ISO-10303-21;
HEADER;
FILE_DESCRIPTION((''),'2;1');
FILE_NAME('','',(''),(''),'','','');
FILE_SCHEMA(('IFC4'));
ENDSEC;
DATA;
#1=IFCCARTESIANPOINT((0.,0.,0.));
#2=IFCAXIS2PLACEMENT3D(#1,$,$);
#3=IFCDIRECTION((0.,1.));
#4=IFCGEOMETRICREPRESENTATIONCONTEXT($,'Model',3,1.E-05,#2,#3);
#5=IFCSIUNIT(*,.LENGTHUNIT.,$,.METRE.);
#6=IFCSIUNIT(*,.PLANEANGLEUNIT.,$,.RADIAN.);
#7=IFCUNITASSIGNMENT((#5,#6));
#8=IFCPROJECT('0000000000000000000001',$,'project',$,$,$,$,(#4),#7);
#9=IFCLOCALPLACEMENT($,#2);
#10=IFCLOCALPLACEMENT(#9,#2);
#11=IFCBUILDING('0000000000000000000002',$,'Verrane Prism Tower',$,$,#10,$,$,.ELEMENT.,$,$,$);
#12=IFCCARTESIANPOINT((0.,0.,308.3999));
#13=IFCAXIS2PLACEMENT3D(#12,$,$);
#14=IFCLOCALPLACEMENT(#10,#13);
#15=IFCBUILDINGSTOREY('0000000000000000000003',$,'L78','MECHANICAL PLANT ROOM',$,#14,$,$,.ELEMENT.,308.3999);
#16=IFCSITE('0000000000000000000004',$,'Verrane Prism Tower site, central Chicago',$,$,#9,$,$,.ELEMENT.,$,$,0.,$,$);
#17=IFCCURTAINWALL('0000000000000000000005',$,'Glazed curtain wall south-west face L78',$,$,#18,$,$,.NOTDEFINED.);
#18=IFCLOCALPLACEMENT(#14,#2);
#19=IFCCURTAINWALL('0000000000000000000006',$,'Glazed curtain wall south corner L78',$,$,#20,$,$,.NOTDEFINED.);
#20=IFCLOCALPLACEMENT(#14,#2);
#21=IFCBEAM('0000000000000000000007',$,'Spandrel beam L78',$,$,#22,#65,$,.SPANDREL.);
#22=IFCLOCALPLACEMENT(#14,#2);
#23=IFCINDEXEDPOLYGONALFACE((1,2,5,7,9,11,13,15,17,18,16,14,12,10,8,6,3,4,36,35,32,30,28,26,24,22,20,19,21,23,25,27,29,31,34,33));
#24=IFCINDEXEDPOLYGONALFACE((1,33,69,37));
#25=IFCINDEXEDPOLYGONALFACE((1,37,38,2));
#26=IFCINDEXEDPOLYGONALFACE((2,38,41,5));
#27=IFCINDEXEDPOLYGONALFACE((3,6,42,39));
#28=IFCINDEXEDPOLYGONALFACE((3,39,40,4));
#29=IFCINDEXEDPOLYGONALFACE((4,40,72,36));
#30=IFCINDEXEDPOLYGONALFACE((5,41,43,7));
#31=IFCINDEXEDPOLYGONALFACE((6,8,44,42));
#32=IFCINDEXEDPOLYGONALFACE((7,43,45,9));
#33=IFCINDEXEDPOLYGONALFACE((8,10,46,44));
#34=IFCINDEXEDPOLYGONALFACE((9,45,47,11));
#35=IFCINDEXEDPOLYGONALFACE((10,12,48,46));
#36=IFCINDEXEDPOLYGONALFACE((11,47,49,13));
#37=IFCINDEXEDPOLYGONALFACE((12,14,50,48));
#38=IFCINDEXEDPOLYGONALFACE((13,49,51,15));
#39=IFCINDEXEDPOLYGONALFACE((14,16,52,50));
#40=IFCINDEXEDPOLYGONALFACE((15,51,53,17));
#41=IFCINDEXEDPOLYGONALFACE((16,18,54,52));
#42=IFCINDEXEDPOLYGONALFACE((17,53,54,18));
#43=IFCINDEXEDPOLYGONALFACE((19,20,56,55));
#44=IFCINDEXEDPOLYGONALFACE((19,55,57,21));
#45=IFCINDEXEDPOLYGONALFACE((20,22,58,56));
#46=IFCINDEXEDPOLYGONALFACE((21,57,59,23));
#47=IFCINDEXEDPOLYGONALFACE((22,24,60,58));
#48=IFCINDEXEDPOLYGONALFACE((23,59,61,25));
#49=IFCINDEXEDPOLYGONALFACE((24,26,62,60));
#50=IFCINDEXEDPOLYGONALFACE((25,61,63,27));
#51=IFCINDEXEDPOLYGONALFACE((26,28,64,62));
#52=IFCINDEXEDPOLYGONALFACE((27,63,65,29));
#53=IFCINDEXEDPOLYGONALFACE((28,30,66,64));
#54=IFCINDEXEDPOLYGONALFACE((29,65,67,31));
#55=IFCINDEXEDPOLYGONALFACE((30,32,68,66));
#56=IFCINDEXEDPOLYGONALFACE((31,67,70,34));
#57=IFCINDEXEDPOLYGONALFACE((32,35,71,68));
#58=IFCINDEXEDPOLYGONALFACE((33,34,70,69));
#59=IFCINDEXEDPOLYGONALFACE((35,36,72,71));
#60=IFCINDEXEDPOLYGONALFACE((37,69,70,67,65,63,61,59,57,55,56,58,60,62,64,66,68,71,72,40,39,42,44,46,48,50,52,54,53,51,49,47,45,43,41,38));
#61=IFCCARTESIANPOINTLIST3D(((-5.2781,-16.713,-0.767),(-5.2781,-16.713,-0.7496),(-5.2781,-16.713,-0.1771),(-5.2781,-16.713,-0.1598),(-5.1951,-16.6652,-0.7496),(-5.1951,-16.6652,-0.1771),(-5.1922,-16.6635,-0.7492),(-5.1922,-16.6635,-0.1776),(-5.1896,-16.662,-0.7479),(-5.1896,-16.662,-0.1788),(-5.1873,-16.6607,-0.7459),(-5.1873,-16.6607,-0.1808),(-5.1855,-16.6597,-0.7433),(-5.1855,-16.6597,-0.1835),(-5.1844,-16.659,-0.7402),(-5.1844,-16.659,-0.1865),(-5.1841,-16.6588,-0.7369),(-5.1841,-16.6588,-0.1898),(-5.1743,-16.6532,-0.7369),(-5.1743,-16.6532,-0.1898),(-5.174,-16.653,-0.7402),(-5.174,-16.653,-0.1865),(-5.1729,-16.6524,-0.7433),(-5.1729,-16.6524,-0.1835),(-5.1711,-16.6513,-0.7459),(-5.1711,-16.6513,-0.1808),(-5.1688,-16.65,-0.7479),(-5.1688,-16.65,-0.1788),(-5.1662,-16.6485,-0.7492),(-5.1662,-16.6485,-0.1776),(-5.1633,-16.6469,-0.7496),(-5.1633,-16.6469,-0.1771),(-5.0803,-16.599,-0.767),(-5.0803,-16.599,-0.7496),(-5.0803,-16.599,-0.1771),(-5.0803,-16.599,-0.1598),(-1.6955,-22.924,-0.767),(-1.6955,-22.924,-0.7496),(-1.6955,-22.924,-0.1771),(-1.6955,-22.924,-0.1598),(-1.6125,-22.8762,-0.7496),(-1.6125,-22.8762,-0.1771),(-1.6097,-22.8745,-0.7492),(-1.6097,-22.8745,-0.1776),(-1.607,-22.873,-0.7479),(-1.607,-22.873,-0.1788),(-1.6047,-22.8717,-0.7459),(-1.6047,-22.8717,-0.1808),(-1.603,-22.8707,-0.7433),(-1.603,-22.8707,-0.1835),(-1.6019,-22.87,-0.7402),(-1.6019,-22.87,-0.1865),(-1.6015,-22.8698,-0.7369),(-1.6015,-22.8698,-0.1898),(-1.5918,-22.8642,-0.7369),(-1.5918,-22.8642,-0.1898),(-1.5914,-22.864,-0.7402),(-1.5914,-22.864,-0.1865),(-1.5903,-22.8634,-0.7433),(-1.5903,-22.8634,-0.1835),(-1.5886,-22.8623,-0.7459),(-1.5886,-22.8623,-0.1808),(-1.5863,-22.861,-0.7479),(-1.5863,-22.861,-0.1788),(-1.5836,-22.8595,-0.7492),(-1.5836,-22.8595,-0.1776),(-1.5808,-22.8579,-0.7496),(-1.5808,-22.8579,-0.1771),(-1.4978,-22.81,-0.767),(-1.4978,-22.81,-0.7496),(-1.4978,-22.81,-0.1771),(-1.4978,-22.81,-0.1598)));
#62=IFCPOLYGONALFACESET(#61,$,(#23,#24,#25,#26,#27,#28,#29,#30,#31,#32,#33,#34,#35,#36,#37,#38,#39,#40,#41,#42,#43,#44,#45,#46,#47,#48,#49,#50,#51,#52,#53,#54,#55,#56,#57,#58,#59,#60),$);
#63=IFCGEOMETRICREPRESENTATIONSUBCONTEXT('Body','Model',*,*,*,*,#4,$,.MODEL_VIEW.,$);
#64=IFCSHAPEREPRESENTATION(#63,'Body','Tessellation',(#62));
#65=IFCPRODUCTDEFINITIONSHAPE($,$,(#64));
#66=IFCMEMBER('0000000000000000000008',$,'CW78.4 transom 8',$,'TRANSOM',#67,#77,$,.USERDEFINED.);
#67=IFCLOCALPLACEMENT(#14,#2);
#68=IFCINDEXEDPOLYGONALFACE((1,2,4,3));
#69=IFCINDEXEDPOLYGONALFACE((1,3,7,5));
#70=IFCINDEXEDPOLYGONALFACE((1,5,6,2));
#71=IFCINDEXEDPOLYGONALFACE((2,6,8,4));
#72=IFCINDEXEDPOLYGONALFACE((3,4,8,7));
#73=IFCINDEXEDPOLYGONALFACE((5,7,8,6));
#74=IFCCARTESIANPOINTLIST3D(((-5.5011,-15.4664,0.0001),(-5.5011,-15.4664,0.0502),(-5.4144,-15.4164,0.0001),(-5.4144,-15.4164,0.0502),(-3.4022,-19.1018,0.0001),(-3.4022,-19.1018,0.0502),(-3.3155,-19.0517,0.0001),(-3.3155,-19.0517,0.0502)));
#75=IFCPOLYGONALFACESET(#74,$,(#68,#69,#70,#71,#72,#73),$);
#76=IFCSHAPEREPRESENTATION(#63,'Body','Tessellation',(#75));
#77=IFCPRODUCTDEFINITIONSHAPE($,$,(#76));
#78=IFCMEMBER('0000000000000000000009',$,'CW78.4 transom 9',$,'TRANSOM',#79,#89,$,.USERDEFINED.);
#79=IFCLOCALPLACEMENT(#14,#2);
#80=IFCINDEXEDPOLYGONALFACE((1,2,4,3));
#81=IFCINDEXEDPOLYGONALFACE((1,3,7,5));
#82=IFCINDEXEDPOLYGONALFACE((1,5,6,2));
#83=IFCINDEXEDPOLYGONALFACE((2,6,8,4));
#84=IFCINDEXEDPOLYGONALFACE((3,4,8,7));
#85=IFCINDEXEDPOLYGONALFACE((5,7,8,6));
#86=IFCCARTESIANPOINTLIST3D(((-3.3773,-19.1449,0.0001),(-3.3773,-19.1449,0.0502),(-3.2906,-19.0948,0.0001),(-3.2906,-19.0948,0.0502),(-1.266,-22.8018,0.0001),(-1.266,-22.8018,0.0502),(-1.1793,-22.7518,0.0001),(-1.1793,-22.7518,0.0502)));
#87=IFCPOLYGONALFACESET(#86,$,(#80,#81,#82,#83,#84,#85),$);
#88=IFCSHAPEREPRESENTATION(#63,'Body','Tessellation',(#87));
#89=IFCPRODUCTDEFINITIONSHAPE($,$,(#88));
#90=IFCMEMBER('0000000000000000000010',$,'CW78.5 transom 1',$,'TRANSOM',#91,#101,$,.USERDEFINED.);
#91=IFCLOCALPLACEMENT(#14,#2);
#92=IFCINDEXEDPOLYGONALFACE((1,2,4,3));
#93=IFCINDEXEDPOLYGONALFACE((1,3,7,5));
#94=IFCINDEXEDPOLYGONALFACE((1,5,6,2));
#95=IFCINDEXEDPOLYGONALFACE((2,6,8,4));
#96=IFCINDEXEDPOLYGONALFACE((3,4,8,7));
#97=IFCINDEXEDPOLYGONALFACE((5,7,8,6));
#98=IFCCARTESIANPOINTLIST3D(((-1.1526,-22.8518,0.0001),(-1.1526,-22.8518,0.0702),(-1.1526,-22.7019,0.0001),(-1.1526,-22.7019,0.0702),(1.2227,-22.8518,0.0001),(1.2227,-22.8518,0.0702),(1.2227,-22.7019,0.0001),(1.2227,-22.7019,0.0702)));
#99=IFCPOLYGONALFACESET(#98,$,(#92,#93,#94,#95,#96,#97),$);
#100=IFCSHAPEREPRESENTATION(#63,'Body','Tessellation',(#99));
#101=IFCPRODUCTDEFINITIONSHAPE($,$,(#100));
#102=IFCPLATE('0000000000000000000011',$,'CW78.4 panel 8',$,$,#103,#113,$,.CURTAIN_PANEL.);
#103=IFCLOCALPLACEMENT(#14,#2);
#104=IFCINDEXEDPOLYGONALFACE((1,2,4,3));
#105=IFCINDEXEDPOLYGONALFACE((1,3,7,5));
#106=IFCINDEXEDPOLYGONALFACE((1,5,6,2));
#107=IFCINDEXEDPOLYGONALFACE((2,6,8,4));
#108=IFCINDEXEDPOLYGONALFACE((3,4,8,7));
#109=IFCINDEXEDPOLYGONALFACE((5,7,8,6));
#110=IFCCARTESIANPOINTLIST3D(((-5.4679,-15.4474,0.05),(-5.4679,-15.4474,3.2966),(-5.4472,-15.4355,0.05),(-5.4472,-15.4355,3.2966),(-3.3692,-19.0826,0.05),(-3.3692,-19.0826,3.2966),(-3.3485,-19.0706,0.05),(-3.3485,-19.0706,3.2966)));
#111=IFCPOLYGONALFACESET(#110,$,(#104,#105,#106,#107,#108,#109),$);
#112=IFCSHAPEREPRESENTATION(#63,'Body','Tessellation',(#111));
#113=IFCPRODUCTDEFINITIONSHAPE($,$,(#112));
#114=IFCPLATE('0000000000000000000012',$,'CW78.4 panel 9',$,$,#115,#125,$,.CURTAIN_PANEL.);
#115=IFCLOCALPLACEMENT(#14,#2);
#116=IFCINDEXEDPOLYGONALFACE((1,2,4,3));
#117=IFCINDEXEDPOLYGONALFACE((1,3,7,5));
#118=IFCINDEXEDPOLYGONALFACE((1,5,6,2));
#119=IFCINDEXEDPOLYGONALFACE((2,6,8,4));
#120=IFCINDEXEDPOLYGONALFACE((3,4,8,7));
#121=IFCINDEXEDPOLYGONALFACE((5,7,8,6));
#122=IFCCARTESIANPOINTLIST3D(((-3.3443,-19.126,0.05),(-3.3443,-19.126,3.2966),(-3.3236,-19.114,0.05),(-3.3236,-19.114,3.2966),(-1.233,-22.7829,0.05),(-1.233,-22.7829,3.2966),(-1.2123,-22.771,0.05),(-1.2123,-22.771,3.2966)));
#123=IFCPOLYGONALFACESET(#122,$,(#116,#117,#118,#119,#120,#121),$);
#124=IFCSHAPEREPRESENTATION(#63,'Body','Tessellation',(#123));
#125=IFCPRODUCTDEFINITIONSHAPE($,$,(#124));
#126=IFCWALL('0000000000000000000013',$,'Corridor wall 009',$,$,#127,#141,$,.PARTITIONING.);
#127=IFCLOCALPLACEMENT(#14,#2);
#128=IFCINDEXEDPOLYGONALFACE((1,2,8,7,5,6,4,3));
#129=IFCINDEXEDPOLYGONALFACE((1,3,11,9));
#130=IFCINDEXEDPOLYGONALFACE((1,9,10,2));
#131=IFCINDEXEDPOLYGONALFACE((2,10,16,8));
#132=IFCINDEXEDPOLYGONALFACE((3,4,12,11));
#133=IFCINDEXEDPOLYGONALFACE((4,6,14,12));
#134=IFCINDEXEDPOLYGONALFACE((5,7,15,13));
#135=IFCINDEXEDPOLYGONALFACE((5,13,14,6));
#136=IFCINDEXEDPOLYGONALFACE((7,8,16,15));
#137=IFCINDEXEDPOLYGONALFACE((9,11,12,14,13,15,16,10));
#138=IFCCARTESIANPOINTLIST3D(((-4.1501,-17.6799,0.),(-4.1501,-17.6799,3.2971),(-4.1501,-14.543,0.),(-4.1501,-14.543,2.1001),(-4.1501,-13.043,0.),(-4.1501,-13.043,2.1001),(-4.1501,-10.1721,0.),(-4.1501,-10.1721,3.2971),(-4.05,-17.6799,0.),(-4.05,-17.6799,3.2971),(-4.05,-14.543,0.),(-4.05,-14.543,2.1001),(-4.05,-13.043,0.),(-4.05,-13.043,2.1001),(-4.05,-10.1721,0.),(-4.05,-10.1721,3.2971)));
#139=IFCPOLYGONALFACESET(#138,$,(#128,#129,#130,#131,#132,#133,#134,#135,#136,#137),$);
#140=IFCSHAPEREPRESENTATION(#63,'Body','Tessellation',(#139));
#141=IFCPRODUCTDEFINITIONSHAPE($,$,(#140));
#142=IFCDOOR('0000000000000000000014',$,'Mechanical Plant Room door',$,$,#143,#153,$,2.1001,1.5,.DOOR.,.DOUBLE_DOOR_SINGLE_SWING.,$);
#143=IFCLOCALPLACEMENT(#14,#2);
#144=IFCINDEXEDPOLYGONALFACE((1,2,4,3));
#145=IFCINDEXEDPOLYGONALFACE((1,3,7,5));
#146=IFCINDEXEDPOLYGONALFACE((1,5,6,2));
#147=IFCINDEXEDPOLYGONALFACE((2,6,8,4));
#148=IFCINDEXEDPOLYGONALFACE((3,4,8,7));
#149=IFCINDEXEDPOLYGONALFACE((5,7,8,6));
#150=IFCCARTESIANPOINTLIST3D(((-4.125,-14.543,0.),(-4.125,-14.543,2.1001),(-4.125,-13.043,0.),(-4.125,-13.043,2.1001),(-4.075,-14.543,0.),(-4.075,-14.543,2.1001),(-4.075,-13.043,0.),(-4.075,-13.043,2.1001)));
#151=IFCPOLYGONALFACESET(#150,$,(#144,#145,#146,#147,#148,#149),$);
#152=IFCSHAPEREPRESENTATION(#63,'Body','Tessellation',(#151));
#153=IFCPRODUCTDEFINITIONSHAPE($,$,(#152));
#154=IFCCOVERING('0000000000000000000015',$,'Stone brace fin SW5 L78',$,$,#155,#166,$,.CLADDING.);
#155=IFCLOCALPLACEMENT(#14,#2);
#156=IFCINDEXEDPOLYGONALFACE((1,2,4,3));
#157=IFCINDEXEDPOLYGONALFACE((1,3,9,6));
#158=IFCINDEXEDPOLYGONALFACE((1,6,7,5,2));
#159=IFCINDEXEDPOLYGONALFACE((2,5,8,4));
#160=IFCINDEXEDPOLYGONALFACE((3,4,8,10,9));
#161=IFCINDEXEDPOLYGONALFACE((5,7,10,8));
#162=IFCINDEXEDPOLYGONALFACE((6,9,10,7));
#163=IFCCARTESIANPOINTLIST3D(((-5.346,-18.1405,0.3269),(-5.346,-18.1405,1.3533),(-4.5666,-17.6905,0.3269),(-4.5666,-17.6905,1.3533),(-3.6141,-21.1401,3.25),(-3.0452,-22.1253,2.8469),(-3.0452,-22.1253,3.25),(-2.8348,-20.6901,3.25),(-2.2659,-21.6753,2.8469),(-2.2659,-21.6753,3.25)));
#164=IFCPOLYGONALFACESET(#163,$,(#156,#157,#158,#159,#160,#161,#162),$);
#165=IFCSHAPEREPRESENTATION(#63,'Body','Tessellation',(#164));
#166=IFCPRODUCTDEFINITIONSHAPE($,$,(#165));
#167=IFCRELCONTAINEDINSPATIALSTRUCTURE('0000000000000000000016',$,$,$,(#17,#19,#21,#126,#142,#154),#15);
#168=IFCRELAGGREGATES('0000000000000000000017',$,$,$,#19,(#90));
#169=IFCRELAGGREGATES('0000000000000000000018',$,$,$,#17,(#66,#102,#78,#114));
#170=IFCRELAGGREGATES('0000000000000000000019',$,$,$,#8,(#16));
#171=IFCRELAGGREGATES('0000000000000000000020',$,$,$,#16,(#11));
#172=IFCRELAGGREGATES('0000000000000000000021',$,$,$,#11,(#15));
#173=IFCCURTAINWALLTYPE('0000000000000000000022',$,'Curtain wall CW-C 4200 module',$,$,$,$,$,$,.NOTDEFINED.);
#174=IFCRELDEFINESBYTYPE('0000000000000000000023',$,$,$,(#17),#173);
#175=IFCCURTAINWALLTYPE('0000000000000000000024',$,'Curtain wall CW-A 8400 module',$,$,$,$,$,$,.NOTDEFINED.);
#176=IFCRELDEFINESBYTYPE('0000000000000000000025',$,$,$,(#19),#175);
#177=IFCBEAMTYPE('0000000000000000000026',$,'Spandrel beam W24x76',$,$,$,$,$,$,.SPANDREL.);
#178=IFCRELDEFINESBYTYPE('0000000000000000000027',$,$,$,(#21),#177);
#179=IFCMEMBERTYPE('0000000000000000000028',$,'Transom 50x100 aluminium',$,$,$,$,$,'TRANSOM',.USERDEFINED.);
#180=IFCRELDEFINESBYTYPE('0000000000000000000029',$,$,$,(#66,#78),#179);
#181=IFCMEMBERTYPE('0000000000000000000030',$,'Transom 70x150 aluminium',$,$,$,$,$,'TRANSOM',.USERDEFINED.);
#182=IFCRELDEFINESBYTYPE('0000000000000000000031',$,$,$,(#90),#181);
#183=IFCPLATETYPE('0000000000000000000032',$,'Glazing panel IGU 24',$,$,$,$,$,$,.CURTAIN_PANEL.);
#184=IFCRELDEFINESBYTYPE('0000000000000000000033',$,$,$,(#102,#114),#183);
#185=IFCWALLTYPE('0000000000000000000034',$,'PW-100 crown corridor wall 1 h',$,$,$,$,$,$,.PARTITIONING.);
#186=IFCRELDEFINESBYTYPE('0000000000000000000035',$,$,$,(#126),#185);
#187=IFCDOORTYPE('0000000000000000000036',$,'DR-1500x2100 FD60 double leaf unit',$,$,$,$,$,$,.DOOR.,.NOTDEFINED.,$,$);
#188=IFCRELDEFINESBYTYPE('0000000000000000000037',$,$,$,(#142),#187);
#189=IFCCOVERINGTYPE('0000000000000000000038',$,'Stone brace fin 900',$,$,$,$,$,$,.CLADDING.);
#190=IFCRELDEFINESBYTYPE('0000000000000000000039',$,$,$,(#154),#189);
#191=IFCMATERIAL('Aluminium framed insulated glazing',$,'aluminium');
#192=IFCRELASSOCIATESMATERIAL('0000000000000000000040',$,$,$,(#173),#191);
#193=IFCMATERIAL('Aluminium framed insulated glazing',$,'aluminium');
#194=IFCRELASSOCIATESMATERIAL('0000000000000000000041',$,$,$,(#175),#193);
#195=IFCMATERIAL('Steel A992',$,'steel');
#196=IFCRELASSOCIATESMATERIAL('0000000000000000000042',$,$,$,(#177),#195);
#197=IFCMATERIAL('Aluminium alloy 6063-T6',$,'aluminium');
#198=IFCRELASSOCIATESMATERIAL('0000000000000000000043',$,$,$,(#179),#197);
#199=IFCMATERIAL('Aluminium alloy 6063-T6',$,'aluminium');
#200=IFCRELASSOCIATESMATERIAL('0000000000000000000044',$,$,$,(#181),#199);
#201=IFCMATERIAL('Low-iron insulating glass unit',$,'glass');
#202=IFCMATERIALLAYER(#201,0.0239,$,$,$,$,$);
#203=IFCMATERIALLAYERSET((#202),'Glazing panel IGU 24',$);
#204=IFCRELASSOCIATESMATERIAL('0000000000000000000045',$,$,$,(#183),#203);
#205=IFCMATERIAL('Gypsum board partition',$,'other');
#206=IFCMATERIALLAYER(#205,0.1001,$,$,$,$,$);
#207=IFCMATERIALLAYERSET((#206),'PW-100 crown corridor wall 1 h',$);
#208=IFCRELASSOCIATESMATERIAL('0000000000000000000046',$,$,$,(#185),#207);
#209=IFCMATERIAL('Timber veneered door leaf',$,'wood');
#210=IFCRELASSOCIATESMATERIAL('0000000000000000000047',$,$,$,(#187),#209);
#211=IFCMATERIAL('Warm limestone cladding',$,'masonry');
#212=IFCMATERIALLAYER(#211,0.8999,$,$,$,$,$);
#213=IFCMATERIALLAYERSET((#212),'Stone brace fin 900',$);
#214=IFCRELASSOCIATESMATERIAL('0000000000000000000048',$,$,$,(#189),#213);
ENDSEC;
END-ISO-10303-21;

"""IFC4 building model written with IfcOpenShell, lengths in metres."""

from ifc_helpers import new_model, si_unit, direction, frame, frame_2d, origin, origin_2d, place, context, subcontext, project, spatial, polyline, rectangle, i_section, outline, extrude, material, layer, layer_set, material_profile, profile_set, type_object, element, fill, aggregate, save


model = new_model("IFC4")

# Units and contexts
model_context = context("Model", 3, precision=1e-05, world=origin(), true_north=direction((0.0, 1.0)))
body_context = subcontext(model_context, "Body", "Model", "MODEL_VIEW")
ifc_project = project(units=[si_unit("LENGTHUNIT", "METRE"), si_unit("PLANEANGLEUNIT", "RADIAN")], contexts=[model_context])

# Site, building, storey
site_placement = place(None, origin())
site = spatial("IfcSite", under=ifc_project, at=site_placement, Name="Verrane Prism Tower site, central Chicago", CompositionType="ELEMENT", RefElevation=0.0)
building_placement = place(site_placement, origin())
building = spatial("IfcBuilding", under=site, at=building_placement, Name="Verrane Prism Tower", CompositionType="ELEMENT")
storey_placement = place(building_placement, frame((0.0, 0.0, 308.3999)))
storey = spatial("IfcBuildingStorey", under=building, at=storey_placement, Name="L78", Description="MECHANICAL PLANT ROOM", CompositionType="ELEMENT", Elevation=308.3999)

# Curtain walls
ifc_material_1 = material(Name="Aluminium framed insulated glazing", Category="aluminium")
curtain_wall_type_1 = type_object("IfcCurtainWallType", Name="Curtain wall CW-C 4200 module", PredefinedType="NOTDEFINED", material=ifc_material_1)
curtain_wall_1_placement = place(storey_placement, origin())
curtain_wall_1 = element("IfcCurtainWall", 1, at=curtain_wall_1_placement, inside=storey, type_object=curtain_wall_type_1, Name="Glazed curtain wall south-west face L78", PredefinedType="NOTDEFINED")
ifc_material_2 = material(Name="Aluminium framed insulated glazing", Category="aluminium")
curtain_wall_type_2 = type_object("IfcCurtainWallType", Name="Curtain wall CW-A 8400 module", PredefinedType="NOTDEFINED", material=ifc_material_2)
curtain_wall_2_placement = place(storey_placement, origin())
curtain_wall_2 = element("IfcCurtainWall", 2, at=curtain_wall_2_placement, inside=storey, type_object=curtain_wall_type_2, Name="Glazed curtain wall south corner L78", PredefinedType="NOTDEFINED")

# Beam
ifc_material_3 = material(Name="Steel A992", Category="steel")
ifc_material_profile_1 = material_profile(ifc_material_3, i_section(OverallWidth=0.2283, OverallDepth=0.6072, WebThickness=0.0112, FlangeThickness=0.0173, FilletRadius=0.0127, at=origin_2d()), Name="W24x76")
ifc_profile_set_1 = profile_set([ifc_material_profile_1], Name="Steel A992")
beam_type_1 = type_object("IfcBeamType", Name="Spandrel beam W24x76", PredefinedType="SPANDREL", material=ifc_profile_set_1)
beam_1_placement = place(storey_placement, frame((-5.1792, -16.656, -0.4634), z_axis=(0.499648, -0.866229, 0.0), x_axis=(0.866229, 0.499648, 0.0)))
element("IfcBeam", 3, at=beam_1_placement, inside=storey, type_object=beam_type_1, Name="Spandrel beam L78", PredefinedType="SPANDREL", context=body_context, shape_type="SweptSolid", body=[
    extrude(i_section(OverallWidth=0.2283, OverallDepth=0.6072, WebThickness=0.0112, FlangeThickness=0.0173, FilletRadius=0.0127, at=origin_2d()), origin(), (0.0, 0.0, 1.0), 7.1702),
])

# Members
ifc_material_4 = material(Name="Aluminium alloy 6063-T6", Category="aluminium")
ifc_material_profile_2 = material_profile(ifc_material_4, rectangle(XDim=0.1001, YDim=0.05, at=origin_2d()), Name="Transom 50x100 aluminium")
ifc_profile_set_2 = profile_set([ifc_material_profile_2], Name="Aluminium alloy 6063-T6")
member_type_1 = type_object("IfcMemberType", Name="Transom 50x100 aluminium", ElementType="TRANSOM", PredefinedType="USERDEFINED", material=ifc_profile_set_2)
member_1_placement = place(storey_placement, frame((-5.4578, -15.4414, 0.0251), z_axis=(0.500011, -0.866019, 0.0), x_axis=(0.866019, 0.500011, 0.0)))
member_1 = element("IfcMember", 4, at=member_1_placement, type_object=member_type_1, Name="CW78.4 transom 8", ObjectType="TRANSOM", PredefinedType="USERDEFINED", context=body_context, shape_type="SweptSolid", body=[
    extrude(rectangle(XDim=0.1001, YDim=0.05, at=origin_2d()), origin(), (0.0, 0.0, 1.0), 4.1978),
])
member_2_placement = place(storey_placement, frame((-3.334, -19.1199, 0.0251), z_axis=(0.499994, -0.866029, 0.0), x_axis=(0.866029, 0.499994, 0.0)))
member_2 = element("IfcMember", 5, at=member_2_placement, type_object=member_type_1, Name="CW78.4 transom 9", ObjectType="TRANSOM", PredefinedType="USERDEFINED", context=body_context, shape_type="SweptSolid", body=[
    extrude(rectangle(XDim=0.1001, YDim=0.05, at=origin_2d()), origin(), (0.0, 0.0, 1.0), 4.2227),
])
ifc_material_5 = material(Name="Aluminium alloy 6063-T6", Category="aluminium")
ifc_material_profile_3 = material_profile(ifc_material_5, rectangle(XDim=0.1499, YDim=0.0701, at=origin_2d()), Name="Transom 70x150 aluminium")
ifc_profile_set_3 = profile_set([ifc_material_profile_3], Name="Aluminium alloy 6063-T6")
member_type_2 = type_object("IfcMemberType", Name="Transom 70x150 aluminium", ElementType="TRANSOM", PredefinedType="USERDEFINED", material=ifc_profile_set_3)
member_3_placement = place(storey_placement, frame((-1.1526, -22.7769, 0.0352), z_axis=(1.0, 0.0, 0.0), x_axis=(0.0, 1.0, 0.0)))
member_3 = element("IfcMember", 6, at=member_3_placement, type_object=member_type_2, Name="CW78.5 transom 1", ObjectType="TRANSOM", PredefinedType="USERDEFINED", context=body_context, shape_type="SweptSolid", body=[
    extrude(rectangle(XDim=0.1499, YDim=0.0701, at=origin_2d()), origin(), (0.0, 0.0, 1.0), 2.3752),
])
aggregate(curtain_wall_2, [member_3])

# Plates
ifc_material_6 = material(Name="Low-iron insulating glass unit", Category="glass")
ifc_layer_1 = layer(ifc_material_6, 0.0239)
ifc_layer_set_1 = layer_set([ifc_layer_1], Name="Glazing panel IGU 24")
plate_type = type_object("IfcPlateType", Name="Glazing panel IGU 24", PredefinedType="CURTAIN_PANEL", material=ifc_layer_set_1)
plate_1_placement = place(storey_placement, frame((-4.4082, -17.259, 0.05), z_axis=(0.0, 0.0, 1.0), x_axis=(0.5, -0.866025, 0.0)))
plate_1 = element("IfcPlate", 7, at=plate_1_placement, type_object=plate_type, Name="CW78.4 panel 8", PredefinedType="CURTAIN_PANEL", context=body_context, shape_type="SweptSolid", body=[
    extrude(rectangle(XDim=4.1975, YDim=0.0239, at=origin_2d()), origin(), (0.0, 0.0, 1.0), 3.2466),
])
plate_2_placement = place(storey_placement, frame((-2.2783, -20.9485, 0.05), z_axis=(0.0, 0.0, 1.0), x_axis=(0.5, -0.866025, 0.0)))
plate_2 = element("IfcPlate", 8, at=plate_2_placement, type_object=plate_type, Name="CW78.4 panel 9", PredefinedType="CURTAIN_PANEL", context=body_context, shape_type="SweptSolid", body=[
    extrude(rectangle(XDim=4.2227, YDim=0.0239, at=origin_2d()), origin(), (0.0, 0.0, 1.0), 3.2466),
])
aggregate(curtain_wall_1, [member_1, plate_1, member_2, plate_2])

# Wall, opening, door
ifc_material_7 = material(Name="Gypsum board partition", Category="other")
ifc_layer_2 = layer(ifc_material_7, 0.1001)
ifc_layer_set_2 = layer_set([ifc_layer_2], Name="PW-100 crown corridor wall 1 h")
wall_type = type_object("IfcWallType", Name="PW-100 crown corridor wall 1 h", PredefinedType="PARTITIONING", material=ifc_layer_set_2)
wall_placement = place(storey_placement, frame((-4.1001, -17.6799, 0.0), z_axis=(0.0, 0.0, 1.0), x_axis=(0.0, 1.0, 0.0)))
wall = element("IfcWall", 9, at=wall_placement, inside=storey, type_object=wall_type, Name="Corridor wall 009", PredefinedType="PARTITIONING", context=body_context, shape_type="SweptSolid", body=[
    extrude(rectangle(XDim=7.5078, YDim=0.1001, at=frame_2d((3.7539, 0.0))), origin(), (0.0, 0.0, 1.0), 3.2971),
])
opening_placement = place(wall_placement, frame((3.137, 0.0, 0.0)))
opening = element("IfcOpeningElement", 10, at=opening_placement, cuts=wall, PredefinedType="OPENING", context=body_context, shape_type="SweptSolid", body=[
    extrude(rectangle(XDim=1.5, YDim=2.1001, at=frame_2d((0.75, 1.05))), frame((0.0, 0.0601, 0.0), z_axis=(0.0, -1.0, 0.0), x_axis=(1.0, 0.0, 0.0)), (0.0, 0.0, 1.0), 0.1201),
])
ifc_material_8 = material(Name="Timber veneered door leaf", Category="wood")
door_type = type_object("IfcDoorType", Name="DR-1500x2100 FD60 double leaf unit", OperationType="NOTDEFINED", PredefinedType="DOOR", material=ifc_material_8)
door_placement = place(opening_placement, origin())
door = element("IfcDoor", 11, at=door_placement, inside=storey, type_object=door_type, Name="Mechanical Plant Room door", OperationType="DOUBLE_DOOR_SINGLE_SWING", OverallHeight=2.1001, OverallWidth=1.5, PredefinedType="DOOR", context=body_context, shape_type="SweptSolid", body=[
    extrude(rectangle(XDim=1.5, YDim=2.1001, at=frame_2d((0.75, 1.05))), frame((0.0, 0.0249, 0.0), z_axis=(0.0, -1.0, 0.0), x_axis=(1.0, 0.0, 0.0)), (0.0, 0.0, 1.0), 0.05),
])
fill(opening, door)

# Covering
ifc_material_9 = material(Name="Warm limestone cladding", Category="masonry")
ifc_layer_3 = layer(ifc_material_9, 0.8999)
ifc_layer_set_3 = layer_set([ifc_layer_3], Name="Stone brace fin 900")
covering_type = type_object("IfcCoveringType", Name="Stone brace fin 900", PredefinedType="CLADDING", material=ifc_layer_set_3)
covering_placement = place(storey_placement, frame((-4.9563, -17.9155, 0.3269), z_axis=(0.0, 0.0, 1.0), x_axis=(0.500019, -0.866014, 0.0)))
element("IfcCovering", 12, at=covering_placement, inside=storey, type_object=covering_type, Name="Stone brace fin SW5 L78", PredefinedType="CLADDING", context=body_context, shape_type="SweptSolid", body=[
    extrude(outline(polyline([(4.6013, 2.9231), (3.4636, 2.9231), (0.0, 1.0264), (0.0, 0.0), (4.6013, 2.52), (4.6013, 2.9231)])), frame((0.0, 0.45, 0.0), z_axis=(0.0, -1.0, 0.0), x_axis=(1.0, 0.0, 0.0)), (0.0, 0.0, 1.0), 0.8999),
])

save(model, "model.ifc")
